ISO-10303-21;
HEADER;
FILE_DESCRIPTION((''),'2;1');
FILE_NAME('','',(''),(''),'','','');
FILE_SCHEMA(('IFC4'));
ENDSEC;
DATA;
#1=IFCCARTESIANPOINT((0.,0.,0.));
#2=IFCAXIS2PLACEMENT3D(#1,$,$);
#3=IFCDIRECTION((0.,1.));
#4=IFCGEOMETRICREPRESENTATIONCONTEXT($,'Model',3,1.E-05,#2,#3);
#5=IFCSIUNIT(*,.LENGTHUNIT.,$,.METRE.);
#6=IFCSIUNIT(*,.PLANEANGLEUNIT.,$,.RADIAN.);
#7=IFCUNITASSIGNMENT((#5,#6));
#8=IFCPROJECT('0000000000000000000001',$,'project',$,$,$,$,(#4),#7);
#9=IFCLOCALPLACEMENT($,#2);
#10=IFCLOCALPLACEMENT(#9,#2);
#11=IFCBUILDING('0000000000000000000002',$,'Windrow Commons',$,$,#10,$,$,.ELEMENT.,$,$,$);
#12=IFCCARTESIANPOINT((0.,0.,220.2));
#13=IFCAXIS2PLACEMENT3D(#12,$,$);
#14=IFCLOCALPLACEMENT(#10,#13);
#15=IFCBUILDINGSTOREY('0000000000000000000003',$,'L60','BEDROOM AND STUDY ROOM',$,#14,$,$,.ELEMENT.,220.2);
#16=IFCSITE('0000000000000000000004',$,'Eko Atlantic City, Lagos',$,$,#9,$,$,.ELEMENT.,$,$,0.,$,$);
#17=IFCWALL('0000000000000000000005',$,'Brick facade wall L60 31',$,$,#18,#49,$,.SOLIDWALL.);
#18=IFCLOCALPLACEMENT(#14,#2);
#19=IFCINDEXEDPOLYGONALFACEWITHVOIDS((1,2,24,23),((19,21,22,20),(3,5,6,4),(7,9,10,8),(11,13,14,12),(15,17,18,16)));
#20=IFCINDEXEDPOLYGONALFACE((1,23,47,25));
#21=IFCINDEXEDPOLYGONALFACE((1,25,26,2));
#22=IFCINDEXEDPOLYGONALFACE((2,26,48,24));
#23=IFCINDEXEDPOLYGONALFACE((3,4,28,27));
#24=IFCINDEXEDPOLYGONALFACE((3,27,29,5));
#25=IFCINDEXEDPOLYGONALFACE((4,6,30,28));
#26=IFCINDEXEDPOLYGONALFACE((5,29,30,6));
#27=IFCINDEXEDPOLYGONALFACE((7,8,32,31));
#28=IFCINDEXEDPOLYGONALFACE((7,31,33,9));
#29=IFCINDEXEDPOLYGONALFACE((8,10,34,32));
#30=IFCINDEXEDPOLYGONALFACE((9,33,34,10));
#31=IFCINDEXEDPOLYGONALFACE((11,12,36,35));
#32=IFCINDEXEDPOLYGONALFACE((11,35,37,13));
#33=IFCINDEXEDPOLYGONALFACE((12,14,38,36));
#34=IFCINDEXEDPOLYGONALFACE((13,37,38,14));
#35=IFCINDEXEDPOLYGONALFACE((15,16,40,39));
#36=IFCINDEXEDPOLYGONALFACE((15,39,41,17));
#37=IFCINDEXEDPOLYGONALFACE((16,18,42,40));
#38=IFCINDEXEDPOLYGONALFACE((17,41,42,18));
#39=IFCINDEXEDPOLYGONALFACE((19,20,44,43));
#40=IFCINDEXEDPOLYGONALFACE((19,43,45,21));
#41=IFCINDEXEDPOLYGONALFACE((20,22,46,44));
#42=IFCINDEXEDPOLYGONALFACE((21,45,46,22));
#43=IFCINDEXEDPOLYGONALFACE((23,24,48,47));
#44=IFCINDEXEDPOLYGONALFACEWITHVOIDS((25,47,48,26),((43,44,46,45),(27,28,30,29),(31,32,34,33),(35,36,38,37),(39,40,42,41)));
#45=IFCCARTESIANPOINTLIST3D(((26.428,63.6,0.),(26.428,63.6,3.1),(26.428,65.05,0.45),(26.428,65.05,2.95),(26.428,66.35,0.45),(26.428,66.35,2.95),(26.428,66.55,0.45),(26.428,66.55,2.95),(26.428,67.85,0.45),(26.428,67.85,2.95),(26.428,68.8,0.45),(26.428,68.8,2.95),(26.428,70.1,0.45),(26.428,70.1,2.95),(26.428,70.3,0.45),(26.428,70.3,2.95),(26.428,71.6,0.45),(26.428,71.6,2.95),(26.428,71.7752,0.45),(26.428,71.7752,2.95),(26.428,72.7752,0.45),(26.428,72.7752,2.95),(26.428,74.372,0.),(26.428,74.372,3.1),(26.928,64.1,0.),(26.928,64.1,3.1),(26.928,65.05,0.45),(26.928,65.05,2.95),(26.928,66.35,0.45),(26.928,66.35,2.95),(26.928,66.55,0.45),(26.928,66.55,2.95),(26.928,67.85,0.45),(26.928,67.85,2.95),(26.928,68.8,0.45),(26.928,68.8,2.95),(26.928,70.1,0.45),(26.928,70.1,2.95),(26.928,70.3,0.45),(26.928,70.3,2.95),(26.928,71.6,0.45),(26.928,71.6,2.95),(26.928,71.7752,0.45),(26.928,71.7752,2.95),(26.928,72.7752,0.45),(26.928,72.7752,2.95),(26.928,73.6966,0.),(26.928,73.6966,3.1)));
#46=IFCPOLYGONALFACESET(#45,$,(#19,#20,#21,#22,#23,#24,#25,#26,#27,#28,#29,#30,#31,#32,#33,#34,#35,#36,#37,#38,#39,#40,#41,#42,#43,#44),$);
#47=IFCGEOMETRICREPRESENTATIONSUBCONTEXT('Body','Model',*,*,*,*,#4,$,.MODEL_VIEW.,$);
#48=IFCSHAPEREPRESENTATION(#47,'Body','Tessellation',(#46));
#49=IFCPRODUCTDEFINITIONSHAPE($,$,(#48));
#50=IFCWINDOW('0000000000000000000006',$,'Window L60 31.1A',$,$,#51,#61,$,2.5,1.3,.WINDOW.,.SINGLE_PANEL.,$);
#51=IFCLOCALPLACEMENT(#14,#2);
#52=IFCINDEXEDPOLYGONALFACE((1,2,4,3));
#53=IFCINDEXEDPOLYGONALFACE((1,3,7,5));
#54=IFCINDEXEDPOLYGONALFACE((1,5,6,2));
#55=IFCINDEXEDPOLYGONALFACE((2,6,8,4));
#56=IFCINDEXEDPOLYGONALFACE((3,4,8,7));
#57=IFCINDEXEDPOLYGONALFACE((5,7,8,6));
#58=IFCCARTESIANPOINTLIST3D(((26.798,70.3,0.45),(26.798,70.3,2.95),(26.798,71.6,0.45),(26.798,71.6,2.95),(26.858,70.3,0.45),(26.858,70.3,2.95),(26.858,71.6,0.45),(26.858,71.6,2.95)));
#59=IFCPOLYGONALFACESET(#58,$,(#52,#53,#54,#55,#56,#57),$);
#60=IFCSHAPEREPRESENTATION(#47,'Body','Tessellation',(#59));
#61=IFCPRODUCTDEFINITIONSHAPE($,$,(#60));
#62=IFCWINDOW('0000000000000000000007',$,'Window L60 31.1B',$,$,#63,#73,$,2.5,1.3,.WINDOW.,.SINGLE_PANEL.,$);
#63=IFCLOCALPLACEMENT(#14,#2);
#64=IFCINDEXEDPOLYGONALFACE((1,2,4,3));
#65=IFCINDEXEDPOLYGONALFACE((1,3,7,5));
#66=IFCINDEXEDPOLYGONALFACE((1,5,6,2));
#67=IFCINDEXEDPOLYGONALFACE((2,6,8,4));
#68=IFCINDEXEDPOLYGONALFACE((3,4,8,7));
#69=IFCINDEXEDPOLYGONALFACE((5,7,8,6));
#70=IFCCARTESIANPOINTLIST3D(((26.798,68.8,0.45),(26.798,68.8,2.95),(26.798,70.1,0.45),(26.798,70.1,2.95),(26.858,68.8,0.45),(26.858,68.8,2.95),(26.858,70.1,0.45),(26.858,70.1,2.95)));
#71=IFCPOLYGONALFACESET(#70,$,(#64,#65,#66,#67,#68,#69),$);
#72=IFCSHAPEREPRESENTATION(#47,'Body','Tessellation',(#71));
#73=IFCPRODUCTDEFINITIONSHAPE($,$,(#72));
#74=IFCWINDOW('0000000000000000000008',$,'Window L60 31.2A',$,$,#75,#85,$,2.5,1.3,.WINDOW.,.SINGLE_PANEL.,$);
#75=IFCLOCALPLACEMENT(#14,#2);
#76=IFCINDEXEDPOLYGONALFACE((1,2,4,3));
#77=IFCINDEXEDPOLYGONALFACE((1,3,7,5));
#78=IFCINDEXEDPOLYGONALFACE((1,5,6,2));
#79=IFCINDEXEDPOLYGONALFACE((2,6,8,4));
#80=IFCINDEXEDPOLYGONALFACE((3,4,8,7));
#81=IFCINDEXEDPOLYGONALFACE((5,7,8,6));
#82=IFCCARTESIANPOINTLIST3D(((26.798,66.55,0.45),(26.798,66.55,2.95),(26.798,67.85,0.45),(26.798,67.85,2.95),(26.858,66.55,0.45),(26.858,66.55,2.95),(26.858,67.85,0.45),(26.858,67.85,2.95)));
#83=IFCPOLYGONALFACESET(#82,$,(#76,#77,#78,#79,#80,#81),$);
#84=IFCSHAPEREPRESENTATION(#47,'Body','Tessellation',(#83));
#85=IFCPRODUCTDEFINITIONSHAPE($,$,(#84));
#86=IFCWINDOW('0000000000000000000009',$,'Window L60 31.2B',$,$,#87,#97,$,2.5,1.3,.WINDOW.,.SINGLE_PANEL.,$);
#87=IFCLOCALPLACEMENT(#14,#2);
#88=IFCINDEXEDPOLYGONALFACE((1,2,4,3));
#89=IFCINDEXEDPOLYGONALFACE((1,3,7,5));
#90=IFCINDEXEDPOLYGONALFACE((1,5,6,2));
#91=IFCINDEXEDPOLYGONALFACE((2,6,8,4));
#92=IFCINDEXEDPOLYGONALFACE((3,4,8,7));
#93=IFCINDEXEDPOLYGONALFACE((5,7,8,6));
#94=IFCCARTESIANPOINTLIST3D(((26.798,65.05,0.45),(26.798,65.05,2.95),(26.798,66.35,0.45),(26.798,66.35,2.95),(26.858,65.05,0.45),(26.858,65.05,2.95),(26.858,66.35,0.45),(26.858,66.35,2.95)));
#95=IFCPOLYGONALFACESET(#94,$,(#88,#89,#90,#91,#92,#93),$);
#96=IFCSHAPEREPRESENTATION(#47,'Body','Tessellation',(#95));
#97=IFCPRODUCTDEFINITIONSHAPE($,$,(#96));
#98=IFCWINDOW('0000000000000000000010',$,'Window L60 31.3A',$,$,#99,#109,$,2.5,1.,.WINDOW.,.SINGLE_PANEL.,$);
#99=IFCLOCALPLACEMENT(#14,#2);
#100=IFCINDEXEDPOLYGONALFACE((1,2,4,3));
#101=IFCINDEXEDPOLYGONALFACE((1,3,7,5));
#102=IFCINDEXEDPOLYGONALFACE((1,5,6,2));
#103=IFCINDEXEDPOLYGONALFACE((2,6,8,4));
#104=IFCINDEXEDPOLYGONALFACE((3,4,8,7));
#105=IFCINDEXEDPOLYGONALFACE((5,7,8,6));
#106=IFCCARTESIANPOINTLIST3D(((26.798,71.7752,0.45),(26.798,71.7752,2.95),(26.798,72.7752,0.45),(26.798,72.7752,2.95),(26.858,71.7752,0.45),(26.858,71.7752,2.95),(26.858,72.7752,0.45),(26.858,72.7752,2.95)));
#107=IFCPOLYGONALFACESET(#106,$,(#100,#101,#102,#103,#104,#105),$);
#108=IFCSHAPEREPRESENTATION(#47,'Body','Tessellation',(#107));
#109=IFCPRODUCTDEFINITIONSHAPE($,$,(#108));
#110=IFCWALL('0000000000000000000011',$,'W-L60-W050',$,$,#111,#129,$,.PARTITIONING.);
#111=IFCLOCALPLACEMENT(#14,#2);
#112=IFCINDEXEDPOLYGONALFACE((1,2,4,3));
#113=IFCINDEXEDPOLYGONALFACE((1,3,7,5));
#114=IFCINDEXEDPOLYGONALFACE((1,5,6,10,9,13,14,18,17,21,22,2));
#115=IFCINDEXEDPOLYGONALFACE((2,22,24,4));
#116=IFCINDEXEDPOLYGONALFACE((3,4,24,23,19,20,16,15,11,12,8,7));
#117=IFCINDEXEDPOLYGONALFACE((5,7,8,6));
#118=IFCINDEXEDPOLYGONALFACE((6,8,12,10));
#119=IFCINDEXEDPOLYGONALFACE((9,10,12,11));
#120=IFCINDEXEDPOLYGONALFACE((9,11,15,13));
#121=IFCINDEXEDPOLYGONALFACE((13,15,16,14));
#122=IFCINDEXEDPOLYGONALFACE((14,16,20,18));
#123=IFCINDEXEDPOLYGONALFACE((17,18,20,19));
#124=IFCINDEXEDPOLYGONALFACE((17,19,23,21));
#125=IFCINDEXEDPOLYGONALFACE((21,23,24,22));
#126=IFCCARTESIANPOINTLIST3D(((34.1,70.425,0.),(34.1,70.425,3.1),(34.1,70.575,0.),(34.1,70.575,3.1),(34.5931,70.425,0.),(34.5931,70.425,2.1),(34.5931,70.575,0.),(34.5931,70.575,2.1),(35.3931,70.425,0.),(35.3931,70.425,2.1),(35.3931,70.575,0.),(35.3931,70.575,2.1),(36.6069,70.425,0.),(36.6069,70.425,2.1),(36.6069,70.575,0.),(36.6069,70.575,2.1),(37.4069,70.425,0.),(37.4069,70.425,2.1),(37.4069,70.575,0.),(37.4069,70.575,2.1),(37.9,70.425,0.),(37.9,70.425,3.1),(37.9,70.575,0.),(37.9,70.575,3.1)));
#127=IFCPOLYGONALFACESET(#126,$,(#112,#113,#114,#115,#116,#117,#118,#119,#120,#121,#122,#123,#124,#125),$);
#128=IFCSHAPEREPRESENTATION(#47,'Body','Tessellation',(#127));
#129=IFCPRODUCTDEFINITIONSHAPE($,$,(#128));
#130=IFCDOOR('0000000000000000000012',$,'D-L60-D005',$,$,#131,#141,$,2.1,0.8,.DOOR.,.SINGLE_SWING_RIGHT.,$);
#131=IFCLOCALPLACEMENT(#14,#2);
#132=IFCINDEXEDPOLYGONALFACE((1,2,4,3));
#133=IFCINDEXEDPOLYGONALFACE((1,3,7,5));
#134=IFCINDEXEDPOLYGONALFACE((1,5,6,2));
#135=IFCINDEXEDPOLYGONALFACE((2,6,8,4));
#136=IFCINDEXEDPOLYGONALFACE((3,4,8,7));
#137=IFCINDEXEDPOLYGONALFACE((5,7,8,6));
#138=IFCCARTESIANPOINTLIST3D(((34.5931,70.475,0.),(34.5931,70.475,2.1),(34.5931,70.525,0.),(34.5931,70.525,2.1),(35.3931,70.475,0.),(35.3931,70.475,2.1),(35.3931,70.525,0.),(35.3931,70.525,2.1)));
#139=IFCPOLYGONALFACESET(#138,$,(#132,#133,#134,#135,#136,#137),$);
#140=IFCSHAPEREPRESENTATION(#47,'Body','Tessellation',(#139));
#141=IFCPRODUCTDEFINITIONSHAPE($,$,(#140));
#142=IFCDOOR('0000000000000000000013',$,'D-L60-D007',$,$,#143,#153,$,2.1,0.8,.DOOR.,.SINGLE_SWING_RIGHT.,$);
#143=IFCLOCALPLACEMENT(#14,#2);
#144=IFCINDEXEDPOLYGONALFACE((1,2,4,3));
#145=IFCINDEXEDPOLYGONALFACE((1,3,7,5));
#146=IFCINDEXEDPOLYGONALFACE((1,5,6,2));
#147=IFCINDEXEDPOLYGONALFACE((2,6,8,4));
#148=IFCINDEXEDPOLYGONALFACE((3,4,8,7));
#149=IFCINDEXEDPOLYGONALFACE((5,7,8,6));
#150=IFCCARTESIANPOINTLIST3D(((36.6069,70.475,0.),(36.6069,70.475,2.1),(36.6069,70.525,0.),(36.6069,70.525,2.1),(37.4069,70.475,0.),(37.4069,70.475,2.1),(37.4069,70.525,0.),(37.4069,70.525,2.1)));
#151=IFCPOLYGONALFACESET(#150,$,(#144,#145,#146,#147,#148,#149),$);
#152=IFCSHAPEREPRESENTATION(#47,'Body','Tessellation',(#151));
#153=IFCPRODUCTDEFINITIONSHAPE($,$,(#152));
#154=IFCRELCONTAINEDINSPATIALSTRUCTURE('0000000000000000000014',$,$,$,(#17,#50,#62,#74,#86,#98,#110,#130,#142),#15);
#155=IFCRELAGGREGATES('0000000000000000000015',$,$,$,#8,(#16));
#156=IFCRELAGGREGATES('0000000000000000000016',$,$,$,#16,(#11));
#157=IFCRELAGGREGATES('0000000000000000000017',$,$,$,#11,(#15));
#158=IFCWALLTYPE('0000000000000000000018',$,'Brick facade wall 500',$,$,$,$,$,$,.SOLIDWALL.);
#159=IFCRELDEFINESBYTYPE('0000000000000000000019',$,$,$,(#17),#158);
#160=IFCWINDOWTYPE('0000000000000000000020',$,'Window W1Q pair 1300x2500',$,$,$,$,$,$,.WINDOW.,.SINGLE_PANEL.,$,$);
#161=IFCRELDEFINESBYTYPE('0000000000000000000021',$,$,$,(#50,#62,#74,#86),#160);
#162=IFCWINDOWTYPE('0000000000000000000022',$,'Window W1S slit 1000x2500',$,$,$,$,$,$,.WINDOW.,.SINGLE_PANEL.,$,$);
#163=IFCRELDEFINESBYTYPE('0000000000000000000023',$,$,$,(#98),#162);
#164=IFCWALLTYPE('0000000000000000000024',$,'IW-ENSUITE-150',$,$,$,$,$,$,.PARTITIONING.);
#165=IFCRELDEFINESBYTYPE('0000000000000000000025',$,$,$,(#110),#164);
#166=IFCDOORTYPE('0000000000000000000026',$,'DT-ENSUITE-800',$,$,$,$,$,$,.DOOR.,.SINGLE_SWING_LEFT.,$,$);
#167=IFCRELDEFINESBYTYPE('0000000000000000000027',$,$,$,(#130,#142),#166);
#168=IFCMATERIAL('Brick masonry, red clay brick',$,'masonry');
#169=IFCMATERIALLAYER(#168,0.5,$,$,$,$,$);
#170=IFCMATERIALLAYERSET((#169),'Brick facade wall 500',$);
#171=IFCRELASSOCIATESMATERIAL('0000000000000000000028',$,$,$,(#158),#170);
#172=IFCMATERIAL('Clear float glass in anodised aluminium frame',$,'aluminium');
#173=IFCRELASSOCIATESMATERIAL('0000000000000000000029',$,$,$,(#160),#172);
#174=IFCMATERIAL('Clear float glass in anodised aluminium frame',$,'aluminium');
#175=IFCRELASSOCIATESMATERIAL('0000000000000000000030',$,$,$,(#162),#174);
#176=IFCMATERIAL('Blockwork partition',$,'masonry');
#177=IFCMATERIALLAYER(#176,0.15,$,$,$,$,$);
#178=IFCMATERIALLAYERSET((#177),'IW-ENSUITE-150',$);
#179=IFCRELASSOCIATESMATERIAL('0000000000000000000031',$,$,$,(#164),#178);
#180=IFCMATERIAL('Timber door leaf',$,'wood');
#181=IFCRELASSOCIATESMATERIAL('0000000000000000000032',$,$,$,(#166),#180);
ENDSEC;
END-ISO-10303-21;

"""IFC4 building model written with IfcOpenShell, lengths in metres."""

from ifc_helpers import new_model, si_unit, direction, frame, frame_2d, origin, place, context, subcontext, project, spatial, polyline, rectangle, outline, extrude, material, layer, layer_set, type_object, element, fill, save


model = new_model("IFC4")

# Units and contexts
model_context = context("Model", 3, precision=1e-05, world=origin(), true_north=direction((0.0, 1.0)))
body_context = subcontext(model_context, "Body", "Model", "MODEL_VIEW")
ifc_project = project(units=[si_unit("LENGTHUNIT", "METRE"), si_unit("PLANEANGLEUNIT", "RADIAN")], contexts=[model_context])

# Site, building, storey
site_placement = place(None, origin())
site = spatial("IfcSite", under=ifc_project, at=site_placement, Name="Eko Atlantic City, Lagos", CompositionType="ELEMENT", RefElevation=0.0)
building_placement = place(site_placement, origin())
building = spatial("IfcBuilding", under=site, at=building_placement, Name="Windrow Commons", CompositionType="ELEMENT")
storey_placement = place(building_placement, frame((0.0, 0.0, 220.2)))
storey = spatial("IfcBuildingStorey", under=building, at=storey_placement, Name="L60", Description="BEDROOM AND STUDY ROOM", CompositionType="ELEMENT", Elevation=220.2)

# Shared definitions
ifc_material_1 = material(Name="Brick masonry, red clay brick", Category="masonry")
ifc_layer_1 = layer(ifc_material_1, 0.5)
ifc_layer_set_1 = layer_set([ifc_layer_1], Name="Brick facade wall 500")
wall_type_1 = type_object("IfcWallType", Name="Brick facade wall 500", PredefinedType="SOLIDWALL", material=ifc_layer_set_1)

# Wall, openings, windows
wall_1_placement = place(storey_placement, frame((26.678, 74.0343, 0.0), z_axis=(0.0, 0.0, 1.0), x_axis=(0.0, -1.0, 0.0)))
wall_1 = element("IfcWall", 1, at=wall_1_placement, inside=storey, type_object=wall_type_1, Name="Brick facade wall L60 31", PredefinedType="SOLIDWALL", context=body_context, shape_type="SweptSolid", body=[
    extrude(outline(polyline([(-0.3377, -0.25), (10.4343, -0.25), (9.9343, 0.25), (0.3377, 0.25), (-0.3377, -0.25)])), origin(), (0.0, 0.0, 1.0), 3.1),
])
opening_1_placement = place(wall_1_placement, frame((2.4343, 0.0, 0.45)))
opening_1 = element("IfcOpeningElement", 2, at=opening_1_placement, cuts=wall_1, PredefinedType="OPENING", context=body_context, shape_type="SweptSolid", body=[
    extrude(rectangle(XDim=1.3, YDim=2.5, at=frame_2d((0.65, 1.25))), frame((0.0, 0.26, 0.0), z_axis=(0.0, -1.0, 0.0), x_axis=(1.0, 0.0, 0.0)), (0.0, 0.0, 1.0), 0.52),
])
opening_2_placement = place(wall_1_placement, frame((3.9343, 0.0, 0.45)))
opening_2 = element("IfcOpeningElement", 3, at=opening_2_placement, cuts=wall_1, PredefinedType="OPENING", context=body_context, shape_type="SweptSolid", body=[
    extrude(rectangle(XDim=1.3, YDim=2.5, at=frame_2d((0.65, 1.25))), frame((0.0, 0.26, 0.0), z_axis=(0.0, -1.0, 0.0), x_axis=(1.0, 0.0, 0.0)), (0.0, 0.0, 1.0), 0.52),
])
opening_3_placement = place(wall_1_placement, frame((6.1843, 0.0, 0.45)))
opening_3 = element("IfcOpeningElement", 4, at=opening_3_placement, cuts=wall_1, PredefinedType="OPENING", context=body_context, shape_type="SweptSolid", body=[
    extrude(rectangle(XDim=1.3, YDim=2.5, at=frame_2d((0.65, 1.25))), frame((0.0, 0.26, 0.0), z_axis=(0.0, -1.0, 0.0), x_axis=(1.0, 0.0, 0.0)), (0.0, 0.0, 1.0), 0.52),
])
opening_4_placement = place(wall_1_placement, frame((7.6843, 0.0, 0.45)))
opening_4 = element("IfcOpeningElement", 5, at=opening_4_placement, cuts=wall_1, PredefinedType="OPENING", context=body_context, shape_type="SweptSolid", body=[
    extrude(rectangle(XDim=1.3, YDim=2.5, at=frame_2d((0.65, 1.25))), frame((0.0, 0.26, 0.0), z_axis=(0.0, -1.0, 0.0), x_axis=(1.0, 0.0, 0.0)), (0.0, 0.0, 1.0), 0.52),
])
opening_5_placement = place(wall_1_placement, frame((1.2591, 0.0, 0.45)))
opening_5 = element("IfcOpeningElement", 6, at=opening_5_placement, cuts=wall_1, PredefinedType="OPENING", context=body_context, shape_type="SweptSolid", body=[
    extrude(rectangle(XDim=1.0, YDim=2.5, at=frame_2d((0.5, 1.25))), frame((0.0, 0.26, 0.0), z_axis=(0.0, -1.0, 0.0), x_axis=(1.0, 0.0, 0.0)), (0.0, 0.0, 1.0), 0.52),
])
ifc_material_2 = material(Name="Clear float glass in anodised aluminium frame", Category="aluminium")
window_type_1 = type_object("IfcWindowType", Name="Window W1Q pair 1300x2500", PartitioningType="SINGLE_PANEL", PredefinedType="WINDOW", material=ifc_material_2)
window_1_placement = place(opening_1_placement, origin())
window_1 = element("IfcWindow", 7, at=window_1_placement, inside=storey, type_object=window_type_1, Name="Window L60 31.1A", OverallHeight=2.5, OverallWidth=1.3, PartitioningType="SINGLE_PANEL", PredefinedType="WINDOW", context=body_context, shape_type="SweptSolid", body=[
    extrude(rectangle(XDim=1.3, YDim=2.5, at=frame_2d((0.65, 1.25))), frame((0.0, 0.18, 0.0), z_axis=(0.0, -1.0, 0.0), x_axis=(1.0, 0.0, 0.0)), (0.0, 0.0, 1.0), 0.06),
])
fill(opening_1, window_1)
window_2_placement = place(opening_2_placement, origin())
window_2 = element("IfcWindow", 8, at=window_2_placement, inside=storey, type_object=window_type_1, Name="Window L60 31.1B", OverallHeight=2.5, OverallWidth=1.3, PartitioningType="SINGLE_PANEL", PredefinedType="WINDOW", context=body_context, shape_type="SweptSolid", body=[
    extrude(rectangle(XDim=1.3, YDim=2.5, at=frame_2d((0.65, 1.25))), frame((0.0, 0.18, 0.0), z_axis=(0.0, -1.0, 0.0), x_axis=(1.0, 0.0, 0.0)), (0.0, 0.0, 1.0), 0.06),
])
fill(opening_2, window_2)
window_3_placement = place(opening_3_placement, origin())
window_3 = element("IfcWindow", 9, at=window_3_placement, inside=storey, type_object=window_type_1, Name="Window L60 31.2A", OverallHeight=2.5, OverallWidth=1.3, PartitioningType="SINGLE_PANEL", PredefinedType="WINDOW", context=body_context, shape_type="SweptSolid", body=[
    extrude(rectangle(XDim=1.3, YDim=2.5, at=frame_2d((0.65, 1.25))), frame((0.0, 0.18, 0.0), z_axis=(0.0, -1.0, 0.0), x_axis=(1.0, 0.0, 0.0)), (0.0, 0.0, 1.0), 0.06),
])
fill(opening_3, window_3)
window_4_placement = place(opening_4_placement, origin())
window_4 = element("IfcWindow", 10, at=window_4_placement, inside=storey, type_object=window_type_1, Name="Window L60 31.2B", OverallHeight=2.5, OverallWidth=1.3, PartitioningType="SINGLE_PANEL", PredefinedType="WINDOW", context=body_context, shape_type="SweptSolid", body=[
    extrude(rectangle(XDim=1.3, YDim=2.5, at=frame_2d((0.65, 1.25))), frame((0.0, 0.18, 0.0), z_axis=(0.0, -1.0, 0.0), x_axis=(1.0, 0.0, 0.0)), (0.0, 0.0, 1.0), 0.06),
])
fill(opening_4, window_4)
ifc_material_3 = material(Name="Clear float glass in anodised aluminium frame", Category="aluminium")
window_type_2 = type_object("IfcWindowType", Name="Window W1S slit 1000x2500", PartitioningType="SINGLE_PANEL", PredefinedType="WINDOW", material=ifc_material_3)
window_5_placement = place(opening_5_placement, origin())
window_5 = element("IfcWindow", 11, at=window_5_placement, inside=storey, type_object=window_type_2, Name="Window L60 31.3A", OverallHeight=2.5, OverallWidth=1.0, PartitioningType="SINGLE_PANEL", PredefinedType="WINDOW", context=body_context, shape_type="SweptSolid", body=[
    extrude(rectangle(XDim=1.0, YDim=2.5, at=frame_2d((0.5, 1.25))), frame((0.0, 0.18, 0.0), z_axis=(0.0, -1.0, 0.0), x_axis=(1.0, 0.0, 0.0)), (0.0, 0.0, 1.0), 0.06),
])
fill(opening_5, window_5)

# Wall, openings, doors
ifc_material_4 = material(Name="Blockwork partition", Category="masonry")
ifc_layer_2 = layer(ifc_material_4, 0.15)
ifc_layer_set_2 = layer_set([ifc_layer_2], Name="IW-ENSUITE-150")
wall_type_2 = type_object("IfcWallType", Name="IW-ENSUITE-150", PredefinedType="PARTITIONING", material=ifc_layer_set_2)
wall_2_placement = place(storey_placement, frame((34.1, 70.5, 0.0), z_axis=(0.0, 0.0, 1.0), x_axis=(1.0, 0.0, 0.0)))
wall_2 = element("IfcWall", 12, at=wall_2_placement, inside=storey, type_object=wall_type_2, Name="W-L60-W050", PredefinedType="PARTITIONING", context=body_context, shape_type="SweptSolid", body=[
    extrude(rectangle(XDim=3.8, YDim=0.15, at=frame_2d((1.9, 0.0))), origin(), (0.0, 0.0, 1.0), 3.1),
])
opening_6_placement = place(wall_2_placement, frame((0.4931, 0.0, 0.0)))
opening_6 = element("IfcOpeningElement", 13, at=opening_6_placement, cuts=wall_2, PredefinedType="OPENING", context=body_context, shape_type="SweptSolid", body=[
    extrude(rectangle(XDim=0.8, YDim=2.1, at=frame_2d((0.4, 1.05))), frame((0.0, 0.085, 0.0), z_axis=(0.0, -1.0, 0.0), x_axis=(1.0, 0.0, 0.0)), (0.0, 0.0, 1.0), 0.17),
])
opening_7_placement = place(wall_2_placement, frame((2.5069, 0.0, 0.0)))
opening_7 = element("IfcOpeningElement", 14, at=opening_7_placement, cuts=wall_2, PredefinedType="OPENING", context=body_context, shape_type="SweptSolid", body=[
    extrude(rectangle(XDim=0.8, YDim=2.1, at=frame_2d((0.4, 1.05))), frame((0.0, 0.085, 0.0), z_axis=(0.0, -1.0, 0.0), x_axis=(1.0, 0.0, 0.0)), (0.0, 0.0, 1.0), 0.17),
])
ifc_material_5 = material(Name="Timber door leaf", Category="wood")
door_type = type_object("IfcDoorType", Name="DT-ENSUITE-800", OperationType="SINGLE_SWING_LEFT", PredefinedType="DOOR", material=ifc_material_5)
door_1_placement = place(opening_6_placement, origin())
door_1 = element("IfcDoor", 15, at=door_1_placement, inside=storey, type_object=door_type, Name="D-L60-D005", OperationType="SINGLE_SWING_RIGHT", OverallHeight=2.1, OverallWidth=0.8, PredefinedType="DOOR", context=body_context, shape_type="SweptSolid", body=[
    extrude(rectangle(XDim=0.8, YDim=2.1, at=frame_2d((0.4, 1.05))), frame((0.0, 0.025, 0.0), z_axis=(0.0, -1.0, 0.0), x_axis=(1.0, 0.0, 0.0)), (0.0, 0.0, 1.0), 0.05),
])
fill(opening_6, door_1)
door_2_placement = place(opening_7_placement, origin())
door_2 = element("IfcDoor", 16, at=door_2_placement, inside=storey, type_object=door_type, Name="D-L60-D007", OperationType="SINGLE_SWING_RIGHT", OverallHeight=2.1, OverallWidth=0.8, PredefinedType="DOOR", context=body_context, shape_type="SweptSolid", body=[
    extrude(rectangle(XDim=0.8, YDim=2.1, at=frame_2d((0.4, 1.05))), frame((0.0, 0.025, 0.0), z_axis=(0.0, -1.0, 0.0), x_axis=(1.0, 0.0, 0.0)), (0.0, 0.0, 1.0), 0.05),
])
fill(opening_7, door_2)

save(model, "model.ifc")
